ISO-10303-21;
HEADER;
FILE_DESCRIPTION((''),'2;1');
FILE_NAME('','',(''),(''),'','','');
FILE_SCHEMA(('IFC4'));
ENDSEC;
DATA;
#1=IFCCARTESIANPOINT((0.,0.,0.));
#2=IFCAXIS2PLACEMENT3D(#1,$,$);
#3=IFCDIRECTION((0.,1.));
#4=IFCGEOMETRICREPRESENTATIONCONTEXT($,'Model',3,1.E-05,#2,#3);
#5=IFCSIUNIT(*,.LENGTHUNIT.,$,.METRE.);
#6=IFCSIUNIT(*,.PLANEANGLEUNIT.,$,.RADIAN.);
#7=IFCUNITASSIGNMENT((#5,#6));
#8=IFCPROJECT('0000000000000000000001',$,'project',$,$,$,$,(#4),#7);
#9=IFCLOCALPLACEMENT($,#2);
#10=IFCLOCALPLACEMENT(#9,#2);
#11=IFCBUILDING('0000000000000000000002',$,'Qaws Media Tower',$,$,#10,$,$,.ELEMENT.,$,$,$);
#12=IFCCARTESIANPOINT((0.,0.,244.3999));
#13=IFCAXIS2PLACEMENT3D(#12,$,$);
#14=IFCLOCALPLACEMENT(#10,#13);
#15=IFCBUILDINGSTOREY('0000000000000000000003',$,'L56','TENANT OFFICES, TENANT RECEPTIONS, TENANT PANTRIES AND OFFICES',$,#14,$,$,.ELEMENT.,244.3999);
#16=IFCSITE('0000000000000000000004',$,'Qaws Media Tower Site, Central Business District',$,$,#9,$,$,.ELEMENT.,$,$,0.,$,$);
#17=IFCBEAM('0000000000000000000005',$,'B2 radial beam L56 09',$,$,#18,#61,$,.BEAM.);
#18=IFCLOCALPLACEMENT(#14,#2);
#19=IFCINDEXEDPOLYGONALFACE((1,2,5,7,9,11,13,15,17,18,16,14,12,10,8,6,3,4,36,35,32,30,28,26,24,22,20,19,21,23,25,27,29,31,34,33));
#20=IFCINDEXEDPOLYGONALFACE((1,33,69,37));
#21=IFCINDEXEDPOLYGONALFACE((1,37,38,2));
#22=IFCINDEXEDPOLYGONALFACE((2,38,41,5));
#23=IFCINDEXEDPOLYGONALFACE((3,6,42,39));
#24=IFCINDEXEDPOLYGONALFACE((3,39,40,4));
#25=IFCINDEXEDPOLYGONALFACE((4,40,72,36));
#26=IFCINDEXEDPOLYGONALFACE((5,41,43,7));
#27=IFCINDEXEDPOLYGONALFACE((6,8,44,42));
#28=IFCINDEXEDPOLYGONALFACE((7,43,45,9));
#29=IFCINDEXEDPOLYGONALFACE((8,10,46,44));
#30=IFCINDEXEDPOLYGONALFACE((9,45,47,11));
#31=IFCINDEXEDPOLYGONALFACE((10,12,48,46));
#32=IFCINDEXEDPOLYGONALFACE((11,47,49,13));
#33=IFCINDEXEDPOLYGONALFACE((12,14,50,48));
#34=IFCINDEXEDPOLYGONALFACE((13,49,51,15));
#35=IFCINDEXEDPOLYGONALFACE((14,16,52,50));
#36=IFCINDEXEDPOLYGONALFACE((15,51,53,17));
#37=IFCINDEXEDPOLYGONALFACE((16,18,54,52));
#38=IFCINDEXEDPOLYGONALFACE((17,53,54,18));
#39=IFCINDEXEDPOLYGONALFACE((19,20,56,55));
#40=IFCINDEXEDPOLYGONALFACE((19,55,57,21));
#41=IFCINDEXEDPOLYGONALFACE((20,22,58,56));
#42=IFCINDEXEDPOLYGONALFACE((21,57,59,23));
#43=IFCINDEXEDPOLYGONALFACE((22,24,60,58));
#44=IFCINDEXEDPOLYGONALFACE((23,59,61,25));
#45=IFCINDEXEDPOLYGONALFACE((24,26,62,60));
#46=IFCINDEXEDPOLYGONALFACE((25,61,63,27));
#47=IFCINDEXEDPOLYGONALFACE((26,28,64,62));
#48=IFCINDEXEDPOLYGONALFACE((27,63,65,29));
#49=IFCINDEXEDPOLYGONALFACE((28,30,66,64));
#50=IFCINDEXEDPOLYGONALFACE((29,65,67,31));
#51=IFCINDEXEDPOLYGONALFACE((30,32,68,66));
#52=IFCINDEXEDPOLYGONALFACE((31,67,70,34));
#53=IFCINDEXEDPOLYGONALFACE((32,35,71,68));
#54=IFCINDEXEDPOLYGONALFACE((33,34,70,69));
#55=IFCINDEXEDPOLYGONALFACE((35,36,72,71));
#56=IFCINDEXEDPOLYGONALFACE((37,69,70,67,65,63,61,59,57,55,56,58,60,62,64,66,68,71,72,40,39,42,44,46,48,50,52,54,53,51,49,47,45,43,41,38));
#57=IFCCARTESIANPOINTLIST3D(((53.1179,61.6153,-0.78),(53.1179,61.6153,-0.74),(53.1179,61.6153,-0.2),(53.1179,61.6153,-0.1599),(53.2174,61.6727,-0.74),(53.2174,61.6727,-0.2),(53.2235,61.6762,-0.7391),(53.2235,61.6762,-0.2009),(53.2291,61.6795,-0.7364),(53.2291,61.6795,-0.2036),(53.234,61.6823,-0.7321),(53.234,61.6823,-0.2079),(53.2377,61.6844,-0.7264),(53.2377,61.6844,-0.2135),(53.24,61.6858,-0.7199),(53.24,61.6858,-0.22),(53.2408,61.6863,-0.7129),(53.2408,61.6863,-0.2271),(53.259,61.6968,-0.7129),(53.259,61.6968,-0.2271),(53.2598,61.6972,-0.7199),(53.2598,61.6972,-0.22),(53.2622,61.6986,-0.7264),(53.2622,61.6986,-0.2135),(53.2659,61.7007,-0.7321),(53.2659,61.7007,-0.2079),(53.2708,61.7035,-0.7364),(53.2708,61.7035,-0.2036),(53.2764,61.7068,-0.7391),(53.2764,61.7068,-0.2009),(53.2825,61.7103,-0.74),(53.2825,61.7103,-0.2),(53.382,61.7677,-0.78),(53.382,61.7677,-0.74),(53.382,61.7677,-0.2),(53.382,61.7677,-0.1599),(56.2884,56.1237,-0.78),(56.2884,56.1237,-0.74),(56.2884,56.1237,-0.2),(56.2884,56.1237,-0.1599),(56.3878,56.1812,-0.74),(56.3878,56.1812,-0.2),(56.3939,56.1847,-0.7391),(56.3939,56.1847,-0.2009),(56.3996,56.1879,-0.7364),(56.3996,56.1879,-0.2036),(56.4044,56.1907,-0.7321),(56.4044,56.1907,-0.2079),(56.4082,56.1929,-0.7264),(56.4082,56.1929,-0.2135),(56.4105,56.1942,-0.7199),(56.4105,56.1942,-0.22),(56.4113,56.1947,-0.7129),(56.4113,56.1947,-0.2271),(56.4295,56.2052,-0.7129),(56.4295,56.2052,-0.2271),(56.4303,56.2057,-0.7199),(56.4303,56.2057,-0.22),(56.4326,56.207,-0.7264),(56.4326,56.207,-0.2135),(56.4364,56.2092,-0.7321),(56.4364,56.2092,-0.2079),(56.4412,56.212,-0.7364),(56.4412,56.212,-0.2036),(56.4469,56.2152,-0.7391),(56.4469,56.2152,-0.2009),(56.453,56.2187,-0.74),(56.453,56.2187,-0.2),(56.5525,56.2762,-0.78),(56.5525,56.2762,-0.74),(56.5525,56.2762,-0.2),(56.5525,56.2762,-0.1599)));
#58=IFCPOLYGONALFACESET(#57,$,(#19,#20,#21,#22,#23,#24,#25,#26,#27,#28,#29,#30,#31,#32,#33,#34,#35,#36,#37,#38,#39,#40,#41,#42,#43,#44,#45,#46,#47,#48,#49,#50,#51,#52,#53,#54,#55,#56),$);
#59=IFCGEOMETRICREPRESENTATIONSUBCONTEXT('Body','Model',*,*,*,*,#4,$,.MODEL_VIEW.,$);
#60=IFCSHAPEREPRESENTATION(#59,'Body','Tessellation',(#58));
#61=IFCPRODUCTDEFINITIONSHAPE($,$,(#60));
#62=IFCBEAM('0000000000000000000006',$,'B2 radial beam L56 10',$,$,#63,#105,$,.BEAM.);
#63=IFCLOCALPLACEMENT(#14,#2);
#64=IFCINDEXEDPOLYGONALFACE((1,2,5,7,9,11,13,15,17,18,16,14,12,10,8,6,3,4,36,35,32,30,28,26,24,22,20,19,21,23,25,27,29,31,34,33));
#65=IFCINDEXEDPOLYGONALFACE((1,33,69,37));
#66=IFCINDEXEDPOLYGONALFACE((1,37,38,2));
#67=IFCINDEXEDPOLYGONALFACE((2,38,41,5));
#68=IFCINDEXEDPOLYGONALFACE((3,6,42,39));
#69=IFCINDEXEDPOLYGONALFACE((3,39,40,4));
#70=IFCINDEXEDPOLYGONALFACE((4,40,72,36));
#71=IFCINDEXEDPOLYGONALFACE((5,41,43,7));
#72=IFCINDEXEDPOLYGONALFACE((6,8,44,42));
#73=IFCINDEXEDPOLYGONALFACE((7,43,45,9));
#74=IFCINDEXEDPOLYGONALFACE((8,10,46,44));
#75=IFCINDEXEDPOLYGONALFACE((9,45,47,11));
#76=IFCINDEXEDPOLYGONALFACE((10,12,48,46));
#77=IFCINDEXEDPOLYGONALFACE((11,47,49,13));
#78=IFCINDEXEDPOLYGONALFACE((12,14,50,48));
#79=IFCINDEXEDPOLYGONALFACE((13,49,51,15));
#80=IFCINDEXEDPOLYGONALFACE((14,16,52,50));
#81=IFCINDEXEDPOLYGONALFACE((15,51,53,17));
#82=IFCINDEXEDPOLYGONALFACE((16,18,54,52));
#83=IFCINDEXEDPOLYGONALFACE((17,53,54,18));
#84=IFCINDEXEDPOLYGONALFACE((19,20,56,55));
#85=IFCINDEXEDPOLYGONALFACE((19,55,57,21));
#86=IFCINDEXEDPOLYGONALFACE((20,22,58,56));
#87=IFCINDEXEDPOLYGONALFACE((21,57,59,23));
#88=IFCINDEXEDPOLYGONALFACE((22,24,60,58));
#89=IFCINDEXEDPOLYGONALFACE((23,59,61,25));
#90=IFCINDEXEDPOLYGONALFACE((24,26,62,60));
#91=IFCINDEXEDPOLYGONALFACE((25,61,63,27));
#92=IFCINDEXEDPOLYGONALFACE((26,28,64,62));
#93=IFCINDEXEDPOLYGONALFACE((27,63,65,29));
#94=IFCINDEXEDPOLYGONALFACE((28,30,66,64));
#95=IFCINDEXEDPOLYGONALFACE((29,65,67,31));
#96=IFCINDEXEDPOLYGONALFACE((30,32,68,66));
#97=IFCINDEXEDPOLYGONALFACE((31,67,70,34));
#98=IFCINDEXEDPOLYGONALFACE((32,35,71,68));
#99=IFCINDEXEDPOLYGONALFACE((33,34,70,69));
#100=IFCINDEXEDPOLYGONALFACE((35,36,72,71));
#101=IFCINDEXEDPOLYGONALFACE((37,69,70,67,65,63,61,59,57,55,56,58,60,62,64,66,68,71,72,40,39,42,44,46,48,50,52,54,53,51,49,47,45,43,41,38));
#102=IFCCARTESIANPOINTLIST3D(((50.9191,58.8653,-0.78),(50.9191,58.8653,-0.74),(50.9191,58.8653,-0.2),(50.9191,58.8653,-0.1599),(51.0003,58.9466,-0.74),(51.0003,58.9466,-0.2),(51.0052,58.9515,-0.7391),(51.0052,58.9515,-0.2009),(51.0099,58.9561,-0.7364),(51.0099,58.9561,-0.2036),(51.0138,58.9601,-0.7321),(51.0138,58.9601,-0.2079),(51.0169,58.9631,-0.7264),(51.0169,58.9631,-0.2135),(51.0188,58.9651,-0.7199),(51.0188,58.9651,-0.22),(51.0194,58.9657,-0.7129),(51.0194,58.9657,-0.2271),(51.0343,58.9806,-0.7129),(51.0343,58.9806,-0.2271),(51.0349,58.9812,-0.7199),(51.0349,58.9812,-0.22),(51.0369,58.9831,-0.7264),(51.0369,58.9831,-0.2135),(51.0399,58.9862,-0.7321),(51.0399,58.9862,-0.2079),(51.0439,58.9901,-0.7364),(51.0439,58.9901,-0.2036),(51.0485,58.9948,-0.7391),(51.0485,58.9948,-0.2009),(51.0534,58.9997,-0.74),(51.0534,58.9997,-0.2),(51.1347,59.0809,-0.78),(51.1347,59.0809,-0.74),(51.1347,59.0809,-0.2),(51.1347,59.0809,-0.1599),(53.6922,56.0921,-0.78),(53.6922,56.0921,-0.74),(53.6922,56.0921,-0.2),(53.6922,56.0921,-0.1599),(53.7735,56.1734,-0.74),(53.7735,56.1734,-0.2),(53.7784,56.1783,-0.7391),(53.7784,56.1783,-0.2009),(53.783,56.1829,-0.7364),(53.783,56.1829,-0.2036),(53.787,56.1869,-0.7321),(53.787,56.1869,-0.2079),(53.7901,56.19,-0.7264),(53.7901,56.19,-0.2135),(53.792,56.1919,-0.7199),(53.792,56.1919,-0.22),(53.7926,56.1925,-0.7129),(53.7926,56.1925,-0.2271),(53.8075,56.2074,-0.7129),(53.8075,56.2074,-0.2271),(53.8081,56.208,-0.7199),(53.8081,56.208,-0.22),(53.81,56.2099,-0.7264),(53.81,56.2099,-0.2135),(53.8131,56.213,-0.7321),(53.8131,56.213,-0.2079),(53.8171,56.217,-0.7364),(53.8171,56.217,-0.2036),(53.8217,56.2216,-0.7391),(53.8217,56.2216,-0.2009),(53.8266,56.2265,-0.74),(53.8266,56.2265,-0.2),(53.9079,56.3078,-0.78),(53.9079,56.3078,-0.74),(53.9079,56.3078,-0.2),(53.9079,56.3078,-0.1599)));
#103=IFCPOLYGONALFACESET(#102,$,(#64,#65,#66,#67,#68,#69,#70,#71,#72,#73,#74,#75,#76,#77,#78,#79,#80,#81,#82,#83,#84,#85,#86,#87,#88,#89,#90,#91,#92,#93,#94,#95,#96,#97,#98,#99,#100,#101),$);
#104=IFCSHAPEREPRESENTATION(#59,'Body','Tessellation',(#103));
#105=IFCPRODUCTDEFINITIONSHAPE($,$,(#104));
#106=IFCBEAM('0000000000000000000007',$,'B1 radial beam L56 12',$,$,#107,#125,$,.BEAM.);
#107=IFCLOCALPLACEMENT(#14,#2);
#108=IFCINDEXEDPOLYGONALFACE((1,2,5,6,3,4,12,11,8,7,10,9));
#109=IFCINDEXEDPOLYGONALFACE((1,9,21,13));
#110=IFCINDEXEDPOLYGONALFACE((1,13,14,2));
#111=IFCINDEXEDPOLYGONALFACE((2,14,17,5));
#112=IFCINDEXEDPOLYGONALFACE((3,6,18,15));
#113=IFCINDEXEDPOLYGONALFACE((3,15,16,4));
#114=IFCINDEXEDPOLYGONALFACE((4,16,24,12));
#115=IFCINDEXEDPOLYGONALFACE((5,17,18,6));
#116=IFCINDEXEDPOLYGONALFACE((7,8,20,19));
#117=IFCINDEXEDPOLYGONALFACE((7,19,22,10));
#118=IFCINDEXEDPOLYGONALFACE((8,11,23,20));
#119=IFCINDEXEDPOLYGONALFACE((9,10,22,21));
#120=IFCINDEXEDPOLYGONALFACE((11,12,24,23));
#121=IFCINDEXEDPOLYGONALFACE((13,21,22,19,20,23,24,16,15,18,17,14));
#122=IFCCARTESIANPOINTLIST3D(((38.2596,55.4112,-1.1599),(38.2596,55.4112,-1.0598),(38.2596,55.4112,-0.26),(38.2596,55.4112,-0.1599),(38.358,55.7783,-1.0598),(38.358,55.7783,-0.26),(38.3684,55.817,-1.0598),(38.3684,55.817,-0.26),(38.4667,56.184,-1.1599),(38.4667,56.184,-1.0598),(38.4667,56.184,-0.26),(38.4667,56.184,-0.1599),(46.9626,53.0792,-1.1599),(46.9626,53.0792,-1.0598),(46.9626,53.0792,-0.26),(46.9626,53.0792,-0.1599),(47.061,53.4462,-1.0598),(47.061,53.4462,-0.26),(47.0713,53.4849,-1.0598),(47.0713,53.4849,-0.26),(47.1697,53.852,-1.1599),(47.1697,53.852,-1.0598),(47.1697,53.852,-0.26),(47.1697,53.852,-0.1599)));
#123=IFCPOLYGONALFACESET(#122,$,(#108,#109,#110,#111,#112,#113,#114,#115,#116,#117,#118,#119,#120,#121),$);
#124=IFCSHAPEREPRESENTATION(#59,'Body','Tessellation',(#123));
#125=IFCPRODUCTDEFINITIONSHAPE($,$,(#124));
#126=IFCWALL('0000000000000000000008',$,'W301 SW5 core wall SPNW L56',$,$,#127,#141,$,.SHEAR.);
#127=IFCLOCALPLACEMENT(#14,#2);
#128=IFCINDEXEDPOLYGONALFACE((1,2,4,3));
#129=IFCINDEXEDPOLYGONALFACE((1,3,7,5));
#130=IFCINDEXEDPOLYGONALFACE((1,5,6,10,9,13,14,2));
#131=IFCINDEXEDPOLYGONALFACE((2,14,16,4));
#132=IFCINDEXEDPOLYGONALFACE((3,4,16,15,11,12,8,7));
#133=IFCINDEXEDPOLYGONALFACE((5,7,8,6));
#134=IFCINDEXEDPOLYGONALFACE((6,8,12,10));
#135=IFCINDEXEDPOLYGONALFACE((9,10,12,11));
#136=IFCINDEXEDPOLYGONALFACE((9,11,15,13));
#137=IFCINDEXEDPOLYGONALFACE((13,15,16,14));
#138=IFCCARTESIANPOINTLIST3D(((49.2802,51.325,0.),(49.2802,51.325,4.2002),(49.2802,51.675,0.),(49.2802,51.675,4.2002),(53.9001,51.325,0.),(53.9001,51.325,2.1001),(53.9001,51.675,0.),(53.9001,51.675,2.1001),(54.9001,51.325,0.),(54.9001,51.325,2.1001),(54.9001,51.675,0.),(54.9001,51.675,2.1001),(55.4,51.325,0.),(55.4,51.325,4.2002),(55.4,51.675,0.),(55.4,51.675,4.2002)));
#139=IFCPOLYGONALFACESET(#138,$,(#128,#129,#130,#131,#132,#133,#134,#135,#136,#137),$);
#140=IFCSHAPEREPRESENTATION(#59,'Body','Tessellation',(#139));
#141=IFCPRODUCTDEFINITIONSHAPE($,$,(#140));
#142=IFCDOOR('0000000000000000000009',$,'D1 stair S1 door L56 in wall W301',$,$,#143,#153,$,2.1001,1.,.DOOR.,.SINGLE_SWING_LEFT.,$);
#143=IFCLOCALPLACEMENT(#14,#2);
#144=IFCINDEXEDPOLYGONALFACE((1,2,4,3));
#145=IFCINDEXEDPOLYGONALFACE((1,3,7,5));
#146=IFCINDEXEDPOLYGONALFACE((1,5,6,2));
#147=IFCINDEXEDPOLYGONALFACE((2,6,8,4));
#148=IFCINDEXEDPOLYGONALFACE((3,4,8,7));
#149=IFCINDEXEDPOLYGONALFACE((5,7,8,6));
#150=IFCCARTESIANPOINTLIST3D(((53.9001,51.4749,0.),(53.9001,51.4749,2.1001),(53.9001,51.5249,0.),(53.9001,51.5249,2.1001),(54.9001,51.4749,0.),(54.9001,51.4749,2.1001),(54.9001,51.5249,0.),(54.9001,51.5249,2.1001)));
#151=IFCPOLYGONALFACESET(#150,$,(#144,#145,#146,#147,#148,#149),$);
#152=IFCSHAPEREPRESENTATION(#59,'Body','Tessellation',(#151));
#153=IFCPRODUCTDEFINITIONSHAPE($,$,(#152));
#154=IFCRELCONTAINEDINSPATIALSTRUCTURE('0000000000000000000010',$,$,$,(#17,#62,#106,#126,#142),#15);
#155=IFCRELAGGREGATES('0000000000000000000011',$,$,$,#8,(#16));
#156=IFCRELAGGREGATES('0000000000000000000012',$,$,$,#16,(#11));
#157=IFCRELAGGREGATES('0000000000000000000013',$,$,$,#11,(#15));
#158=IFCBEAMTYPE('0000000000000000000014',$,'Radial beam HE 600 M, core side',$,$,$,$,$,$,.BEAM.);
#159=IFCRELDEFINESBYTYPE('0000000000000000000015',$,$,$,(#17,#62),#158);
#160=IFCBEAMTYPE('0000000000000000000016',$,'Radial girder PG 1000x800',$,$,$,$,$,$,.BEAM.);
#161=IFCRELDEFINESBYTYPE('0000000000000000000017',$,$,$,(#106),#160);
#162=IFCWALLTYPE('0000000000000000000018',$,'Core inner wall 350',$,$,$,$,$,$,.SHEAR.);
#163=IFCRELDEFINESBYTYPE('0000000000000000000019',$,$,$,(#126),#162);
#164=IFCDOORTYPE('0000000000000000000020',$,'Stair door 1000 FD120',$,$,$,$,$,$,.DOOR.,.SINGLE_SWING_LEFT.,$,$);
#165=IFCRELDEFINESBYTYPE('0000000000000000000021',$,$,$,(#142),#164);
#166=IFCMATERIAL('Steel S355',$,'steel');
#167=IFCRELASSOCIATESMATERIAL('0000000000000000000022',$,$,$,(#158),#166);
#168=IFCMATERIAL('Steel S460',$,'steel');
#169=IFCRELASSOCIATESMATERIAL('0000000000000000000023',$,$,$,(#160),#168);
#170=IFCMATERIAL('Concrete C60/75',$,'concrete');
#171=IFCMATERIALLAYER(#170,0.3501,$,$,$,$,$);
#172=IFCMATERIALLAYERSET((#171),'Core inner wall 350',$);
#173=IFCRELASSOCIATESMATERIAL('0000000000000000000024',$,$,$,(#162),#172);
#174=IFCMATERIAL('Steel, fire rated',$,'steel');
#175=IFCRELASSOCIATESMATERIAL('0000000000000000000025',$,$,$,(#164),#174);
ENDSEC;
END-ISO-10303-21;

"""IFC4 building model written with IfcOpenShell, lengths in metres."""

from ifc_helpers import new_model, si_unit, direction, frame, frame_2d, origin, origin_2d, place, context, subcontext, project, spatial, rectangle, i_section, extrude, material, layer, layer_set, material_profile, profile_set, type_object, element, fill, save


model = new_model("IFC4")

# Units and contexts
model_context = context("Model", 3, precision=1e-05, world=origin(), true_north=direction((0.0, 1.0)))
body_context = subcontext(model_context, "Body", "Model", "MODEL_VIEW")
ifc_project = project(units=[si_unit("LENGTHUNIT", "METRE"), si_unit("PLANEANGLEUNIT", "RADIAN")], contexts=[model_context])

# Site, building, storey
site_placement = place(None, origin())
site = spatial("IfcSite", under=ifc_project, at=site_placement, Name="Qaws Media Tower Site, Central Business District", CompositionType="ELEMENT", RefElevation=0.0)
building_placement = place(site_placement, origin())
building = spatial("IfcBuilding", under=site, at=building_placement, Name="Qaws Media Tower", CompositionType="ELEMENT")
storey_placement = place(building_placement, frame((0.0, 0.0, 244.3999)))
storey = spatial("IfcBuildingStorey", under=building, at=storey_placement, Name="L56", Description="TENANT OFFICES, TENANT RECEPTIONS, TENANT PANTRIES AND OFFICES", CompositionType="ELEMENT", Elevation=244.3999)

# Beams
ifc_material_1 = material(Name="Steel S355", Category="steel")
ifc_material_profile_1 = material_profile(ifc_material_1, i_section(OverallWidth=0.3049, OverallDepth=0.6201, WebThickness=0.021, FlangeThickness=0.04, FilletRadius=0.0271, at=origin_2d()), Name="HE 600 M")
ifc_profile_set_1 = profile_set([ifc_material_profile_1], Name="Steel S355")
beam_type_1 = type_object("IfcBeamType", Name="Radial beam HE 600 M, core side", PredefinedType="BEAM", material=ifc_profile_set_1)
beam_1_placement = place(storey_placement, frame((56.4204, 56.2, -0.47), z_axis=(-0.49999, 0.866031, 0.0), x_axis=(-0.866031, -0.49999, 0.0)))
element("IfcBeam", 1, at=beam_1_placement, inside=storey, type_object=beam_type_1, Name="B2 radial beam L56 09", PredefinedType="BEAM", context=body_context, shape_type="SweptSolid", body=[
    extrude(i_section(OverallWidth=0.3049, OverallDepth=0.6201, WebThickness=0.021, FlangeThickness=0.04, FilletRadius=0.0271, at=origin_2d()), origin(), (0.0, 0.0, 1.0), 6.3411),
])
beam_2_placement = place(storey_placement, frame((53.8, 56.2, -0.47), z_axis=(-0.707107, 0.707107, 0.0), x_axis=(-0.707107, -0.707107, 0.0)))
element("IfcBeam", 2, at=beam_2_placement, inside=storey, type_object=beam_type_1, Name="B2 radial beam L56 10", PredefinedType="BEAM", context=body_context, shape_type="SweptSolid", body=[
    extrude(i_section(OverallWidth=0.3049, OverallDepth=0.6201, WebThickness=0.021, FlangeThickness=0.04, FilletRadius=0.0271, at=origin_2d()), origin(), (0.0, 0.0, 1.0), 3.9219),
])
ifc_material_2 = material(Name="Steel S460", Category="steel")
ifc_material_profile_2 = material_profile(ifc_material_2, i_section(OverallWidth=0.8, OverallDepth=1.0, WebThickness=0.04, FlangeThickness=0.1001, at=origin_2d()), Name="PG 1000x800")
ifc_profile_set_2 = profile_set([ifc_material_profile_2], Name="Steel S460")
beam_type_2 = type_object("IfcBeamType", Name="Radial girder PG 1000x800", PredefinedType="BEAM", material=ifc_profile_set_2)
beam_3_placement = place(storey_placement, frame((47.0662, 53.4656, -0.6599), z_axis=(-0.965923, 0.25883, 0.0), x_axis=(-0.25883, -0.965923, 0.0)))
element("IfcBeam", 3, at=beam_3_placement, inside=storey, type_object=beam_type_2, Name="B1 radial beam L56 12", PredefinedType="BEAM", context=body_context, shape_type="SweptSolid", body=[
    extrude(i_section(OverallWidth=0.8, OverallDepth=1.0, WebThickness=0.04, FlangeThickness=0.1001, at=origin_2d()), origin(), (0.0, 0.0, 1.0), 9.01),
])

# Wall, opening, door
ifc_material_3 = material(Name="Concrete C60/75", Category="concrete")
ifc_layer_1 = layer(ifc_material_3, 0.3501)
ifc_layer_set_1 = layer_set([ifc_layer_1], Name="Core inner wall 350")
wall_type_1 = type_object("IfcWallType", Name="Core inner wall 350", PredefinedType="SHEAR", material=ifc_layer_set_1)
wall_1_placement = place(storey_placement, frame((49.28, 51.5, 0.0), z_axis=(0.0, 0.0, 1.0), x_axis=(1.0, 0.0, 0.0)))
wall_1 = element("IfcWall", 4, at=wall_1_placement, inside=storey, type_object=wall_type_1, Name="W301 SW5 core wall SPNW L56", PredefinedType="SHEAR", context=body_context, shape_type="SweptSolid", body=[
    extrude(rectangle(XDim=6.1199, YDim=0.3501, at=frame_2d((3.0601, 0.0))), origin(), (0.0, 0.0, 1.0), 4.2002),
])
opening_1_placement = place(wall_1_placement, frame((4.6201, 0.0, 0.0)))
opening_1 = element("IfcOpeningElement", 5, at=opening_1_placement, cuts=wall_1, PredefinedType="OPENING", context=body_context, shape_type="SweptSolid", body=[
    extrude(rectangle(XDim=1.0, YDim=2.1001, at=frame_2d((0.5, 1.05))), frame((0.0, 0.1851, 0.0), z_axis=(0.0, -1.0, 0.0), x_axis=(1.0, 0.0, 0.0)), (0.0, 0.0, 1.0), 0.3701),
])
ifc_material_4 = material(Name="Steel, fire rated", Category="steel")
door_type_1 = type_object("IfcDoorType", Name="Stair door 1000 FD120", OperationType="SINGLE_SWING_LEFT", PredefinedType="DOOR", material=ifc_material_4)
door_1_placement = place(opening_1_placement, origin())
door_1 = element("IfcDoor", 6, at=door_1_placement, inside=storey, type_object=door_type_1, Name="D1 stair S1 door L56 in wall W301", OperationType="SINGLE_SWING_LEFT", OverallHeight=2.1001, OverallWidth=1.0, PredefinedType="DOOR", context=body_context, shape_type="SweptSolid", body=[
    extrude(rectangle(XDim=1.0, YDim=2.1001, at=frame_2d((0.5, 1.05))), frame((0.0, 0.0249, 0.0), z_axis=(0.0, -1.0, 0.0), x_axis=(1.0, 0.0, 0.0)), (0.0, 0.0, 1.0), 0.05),
])
fill(opening_1, door_1)

save(model, "model.ifc")
